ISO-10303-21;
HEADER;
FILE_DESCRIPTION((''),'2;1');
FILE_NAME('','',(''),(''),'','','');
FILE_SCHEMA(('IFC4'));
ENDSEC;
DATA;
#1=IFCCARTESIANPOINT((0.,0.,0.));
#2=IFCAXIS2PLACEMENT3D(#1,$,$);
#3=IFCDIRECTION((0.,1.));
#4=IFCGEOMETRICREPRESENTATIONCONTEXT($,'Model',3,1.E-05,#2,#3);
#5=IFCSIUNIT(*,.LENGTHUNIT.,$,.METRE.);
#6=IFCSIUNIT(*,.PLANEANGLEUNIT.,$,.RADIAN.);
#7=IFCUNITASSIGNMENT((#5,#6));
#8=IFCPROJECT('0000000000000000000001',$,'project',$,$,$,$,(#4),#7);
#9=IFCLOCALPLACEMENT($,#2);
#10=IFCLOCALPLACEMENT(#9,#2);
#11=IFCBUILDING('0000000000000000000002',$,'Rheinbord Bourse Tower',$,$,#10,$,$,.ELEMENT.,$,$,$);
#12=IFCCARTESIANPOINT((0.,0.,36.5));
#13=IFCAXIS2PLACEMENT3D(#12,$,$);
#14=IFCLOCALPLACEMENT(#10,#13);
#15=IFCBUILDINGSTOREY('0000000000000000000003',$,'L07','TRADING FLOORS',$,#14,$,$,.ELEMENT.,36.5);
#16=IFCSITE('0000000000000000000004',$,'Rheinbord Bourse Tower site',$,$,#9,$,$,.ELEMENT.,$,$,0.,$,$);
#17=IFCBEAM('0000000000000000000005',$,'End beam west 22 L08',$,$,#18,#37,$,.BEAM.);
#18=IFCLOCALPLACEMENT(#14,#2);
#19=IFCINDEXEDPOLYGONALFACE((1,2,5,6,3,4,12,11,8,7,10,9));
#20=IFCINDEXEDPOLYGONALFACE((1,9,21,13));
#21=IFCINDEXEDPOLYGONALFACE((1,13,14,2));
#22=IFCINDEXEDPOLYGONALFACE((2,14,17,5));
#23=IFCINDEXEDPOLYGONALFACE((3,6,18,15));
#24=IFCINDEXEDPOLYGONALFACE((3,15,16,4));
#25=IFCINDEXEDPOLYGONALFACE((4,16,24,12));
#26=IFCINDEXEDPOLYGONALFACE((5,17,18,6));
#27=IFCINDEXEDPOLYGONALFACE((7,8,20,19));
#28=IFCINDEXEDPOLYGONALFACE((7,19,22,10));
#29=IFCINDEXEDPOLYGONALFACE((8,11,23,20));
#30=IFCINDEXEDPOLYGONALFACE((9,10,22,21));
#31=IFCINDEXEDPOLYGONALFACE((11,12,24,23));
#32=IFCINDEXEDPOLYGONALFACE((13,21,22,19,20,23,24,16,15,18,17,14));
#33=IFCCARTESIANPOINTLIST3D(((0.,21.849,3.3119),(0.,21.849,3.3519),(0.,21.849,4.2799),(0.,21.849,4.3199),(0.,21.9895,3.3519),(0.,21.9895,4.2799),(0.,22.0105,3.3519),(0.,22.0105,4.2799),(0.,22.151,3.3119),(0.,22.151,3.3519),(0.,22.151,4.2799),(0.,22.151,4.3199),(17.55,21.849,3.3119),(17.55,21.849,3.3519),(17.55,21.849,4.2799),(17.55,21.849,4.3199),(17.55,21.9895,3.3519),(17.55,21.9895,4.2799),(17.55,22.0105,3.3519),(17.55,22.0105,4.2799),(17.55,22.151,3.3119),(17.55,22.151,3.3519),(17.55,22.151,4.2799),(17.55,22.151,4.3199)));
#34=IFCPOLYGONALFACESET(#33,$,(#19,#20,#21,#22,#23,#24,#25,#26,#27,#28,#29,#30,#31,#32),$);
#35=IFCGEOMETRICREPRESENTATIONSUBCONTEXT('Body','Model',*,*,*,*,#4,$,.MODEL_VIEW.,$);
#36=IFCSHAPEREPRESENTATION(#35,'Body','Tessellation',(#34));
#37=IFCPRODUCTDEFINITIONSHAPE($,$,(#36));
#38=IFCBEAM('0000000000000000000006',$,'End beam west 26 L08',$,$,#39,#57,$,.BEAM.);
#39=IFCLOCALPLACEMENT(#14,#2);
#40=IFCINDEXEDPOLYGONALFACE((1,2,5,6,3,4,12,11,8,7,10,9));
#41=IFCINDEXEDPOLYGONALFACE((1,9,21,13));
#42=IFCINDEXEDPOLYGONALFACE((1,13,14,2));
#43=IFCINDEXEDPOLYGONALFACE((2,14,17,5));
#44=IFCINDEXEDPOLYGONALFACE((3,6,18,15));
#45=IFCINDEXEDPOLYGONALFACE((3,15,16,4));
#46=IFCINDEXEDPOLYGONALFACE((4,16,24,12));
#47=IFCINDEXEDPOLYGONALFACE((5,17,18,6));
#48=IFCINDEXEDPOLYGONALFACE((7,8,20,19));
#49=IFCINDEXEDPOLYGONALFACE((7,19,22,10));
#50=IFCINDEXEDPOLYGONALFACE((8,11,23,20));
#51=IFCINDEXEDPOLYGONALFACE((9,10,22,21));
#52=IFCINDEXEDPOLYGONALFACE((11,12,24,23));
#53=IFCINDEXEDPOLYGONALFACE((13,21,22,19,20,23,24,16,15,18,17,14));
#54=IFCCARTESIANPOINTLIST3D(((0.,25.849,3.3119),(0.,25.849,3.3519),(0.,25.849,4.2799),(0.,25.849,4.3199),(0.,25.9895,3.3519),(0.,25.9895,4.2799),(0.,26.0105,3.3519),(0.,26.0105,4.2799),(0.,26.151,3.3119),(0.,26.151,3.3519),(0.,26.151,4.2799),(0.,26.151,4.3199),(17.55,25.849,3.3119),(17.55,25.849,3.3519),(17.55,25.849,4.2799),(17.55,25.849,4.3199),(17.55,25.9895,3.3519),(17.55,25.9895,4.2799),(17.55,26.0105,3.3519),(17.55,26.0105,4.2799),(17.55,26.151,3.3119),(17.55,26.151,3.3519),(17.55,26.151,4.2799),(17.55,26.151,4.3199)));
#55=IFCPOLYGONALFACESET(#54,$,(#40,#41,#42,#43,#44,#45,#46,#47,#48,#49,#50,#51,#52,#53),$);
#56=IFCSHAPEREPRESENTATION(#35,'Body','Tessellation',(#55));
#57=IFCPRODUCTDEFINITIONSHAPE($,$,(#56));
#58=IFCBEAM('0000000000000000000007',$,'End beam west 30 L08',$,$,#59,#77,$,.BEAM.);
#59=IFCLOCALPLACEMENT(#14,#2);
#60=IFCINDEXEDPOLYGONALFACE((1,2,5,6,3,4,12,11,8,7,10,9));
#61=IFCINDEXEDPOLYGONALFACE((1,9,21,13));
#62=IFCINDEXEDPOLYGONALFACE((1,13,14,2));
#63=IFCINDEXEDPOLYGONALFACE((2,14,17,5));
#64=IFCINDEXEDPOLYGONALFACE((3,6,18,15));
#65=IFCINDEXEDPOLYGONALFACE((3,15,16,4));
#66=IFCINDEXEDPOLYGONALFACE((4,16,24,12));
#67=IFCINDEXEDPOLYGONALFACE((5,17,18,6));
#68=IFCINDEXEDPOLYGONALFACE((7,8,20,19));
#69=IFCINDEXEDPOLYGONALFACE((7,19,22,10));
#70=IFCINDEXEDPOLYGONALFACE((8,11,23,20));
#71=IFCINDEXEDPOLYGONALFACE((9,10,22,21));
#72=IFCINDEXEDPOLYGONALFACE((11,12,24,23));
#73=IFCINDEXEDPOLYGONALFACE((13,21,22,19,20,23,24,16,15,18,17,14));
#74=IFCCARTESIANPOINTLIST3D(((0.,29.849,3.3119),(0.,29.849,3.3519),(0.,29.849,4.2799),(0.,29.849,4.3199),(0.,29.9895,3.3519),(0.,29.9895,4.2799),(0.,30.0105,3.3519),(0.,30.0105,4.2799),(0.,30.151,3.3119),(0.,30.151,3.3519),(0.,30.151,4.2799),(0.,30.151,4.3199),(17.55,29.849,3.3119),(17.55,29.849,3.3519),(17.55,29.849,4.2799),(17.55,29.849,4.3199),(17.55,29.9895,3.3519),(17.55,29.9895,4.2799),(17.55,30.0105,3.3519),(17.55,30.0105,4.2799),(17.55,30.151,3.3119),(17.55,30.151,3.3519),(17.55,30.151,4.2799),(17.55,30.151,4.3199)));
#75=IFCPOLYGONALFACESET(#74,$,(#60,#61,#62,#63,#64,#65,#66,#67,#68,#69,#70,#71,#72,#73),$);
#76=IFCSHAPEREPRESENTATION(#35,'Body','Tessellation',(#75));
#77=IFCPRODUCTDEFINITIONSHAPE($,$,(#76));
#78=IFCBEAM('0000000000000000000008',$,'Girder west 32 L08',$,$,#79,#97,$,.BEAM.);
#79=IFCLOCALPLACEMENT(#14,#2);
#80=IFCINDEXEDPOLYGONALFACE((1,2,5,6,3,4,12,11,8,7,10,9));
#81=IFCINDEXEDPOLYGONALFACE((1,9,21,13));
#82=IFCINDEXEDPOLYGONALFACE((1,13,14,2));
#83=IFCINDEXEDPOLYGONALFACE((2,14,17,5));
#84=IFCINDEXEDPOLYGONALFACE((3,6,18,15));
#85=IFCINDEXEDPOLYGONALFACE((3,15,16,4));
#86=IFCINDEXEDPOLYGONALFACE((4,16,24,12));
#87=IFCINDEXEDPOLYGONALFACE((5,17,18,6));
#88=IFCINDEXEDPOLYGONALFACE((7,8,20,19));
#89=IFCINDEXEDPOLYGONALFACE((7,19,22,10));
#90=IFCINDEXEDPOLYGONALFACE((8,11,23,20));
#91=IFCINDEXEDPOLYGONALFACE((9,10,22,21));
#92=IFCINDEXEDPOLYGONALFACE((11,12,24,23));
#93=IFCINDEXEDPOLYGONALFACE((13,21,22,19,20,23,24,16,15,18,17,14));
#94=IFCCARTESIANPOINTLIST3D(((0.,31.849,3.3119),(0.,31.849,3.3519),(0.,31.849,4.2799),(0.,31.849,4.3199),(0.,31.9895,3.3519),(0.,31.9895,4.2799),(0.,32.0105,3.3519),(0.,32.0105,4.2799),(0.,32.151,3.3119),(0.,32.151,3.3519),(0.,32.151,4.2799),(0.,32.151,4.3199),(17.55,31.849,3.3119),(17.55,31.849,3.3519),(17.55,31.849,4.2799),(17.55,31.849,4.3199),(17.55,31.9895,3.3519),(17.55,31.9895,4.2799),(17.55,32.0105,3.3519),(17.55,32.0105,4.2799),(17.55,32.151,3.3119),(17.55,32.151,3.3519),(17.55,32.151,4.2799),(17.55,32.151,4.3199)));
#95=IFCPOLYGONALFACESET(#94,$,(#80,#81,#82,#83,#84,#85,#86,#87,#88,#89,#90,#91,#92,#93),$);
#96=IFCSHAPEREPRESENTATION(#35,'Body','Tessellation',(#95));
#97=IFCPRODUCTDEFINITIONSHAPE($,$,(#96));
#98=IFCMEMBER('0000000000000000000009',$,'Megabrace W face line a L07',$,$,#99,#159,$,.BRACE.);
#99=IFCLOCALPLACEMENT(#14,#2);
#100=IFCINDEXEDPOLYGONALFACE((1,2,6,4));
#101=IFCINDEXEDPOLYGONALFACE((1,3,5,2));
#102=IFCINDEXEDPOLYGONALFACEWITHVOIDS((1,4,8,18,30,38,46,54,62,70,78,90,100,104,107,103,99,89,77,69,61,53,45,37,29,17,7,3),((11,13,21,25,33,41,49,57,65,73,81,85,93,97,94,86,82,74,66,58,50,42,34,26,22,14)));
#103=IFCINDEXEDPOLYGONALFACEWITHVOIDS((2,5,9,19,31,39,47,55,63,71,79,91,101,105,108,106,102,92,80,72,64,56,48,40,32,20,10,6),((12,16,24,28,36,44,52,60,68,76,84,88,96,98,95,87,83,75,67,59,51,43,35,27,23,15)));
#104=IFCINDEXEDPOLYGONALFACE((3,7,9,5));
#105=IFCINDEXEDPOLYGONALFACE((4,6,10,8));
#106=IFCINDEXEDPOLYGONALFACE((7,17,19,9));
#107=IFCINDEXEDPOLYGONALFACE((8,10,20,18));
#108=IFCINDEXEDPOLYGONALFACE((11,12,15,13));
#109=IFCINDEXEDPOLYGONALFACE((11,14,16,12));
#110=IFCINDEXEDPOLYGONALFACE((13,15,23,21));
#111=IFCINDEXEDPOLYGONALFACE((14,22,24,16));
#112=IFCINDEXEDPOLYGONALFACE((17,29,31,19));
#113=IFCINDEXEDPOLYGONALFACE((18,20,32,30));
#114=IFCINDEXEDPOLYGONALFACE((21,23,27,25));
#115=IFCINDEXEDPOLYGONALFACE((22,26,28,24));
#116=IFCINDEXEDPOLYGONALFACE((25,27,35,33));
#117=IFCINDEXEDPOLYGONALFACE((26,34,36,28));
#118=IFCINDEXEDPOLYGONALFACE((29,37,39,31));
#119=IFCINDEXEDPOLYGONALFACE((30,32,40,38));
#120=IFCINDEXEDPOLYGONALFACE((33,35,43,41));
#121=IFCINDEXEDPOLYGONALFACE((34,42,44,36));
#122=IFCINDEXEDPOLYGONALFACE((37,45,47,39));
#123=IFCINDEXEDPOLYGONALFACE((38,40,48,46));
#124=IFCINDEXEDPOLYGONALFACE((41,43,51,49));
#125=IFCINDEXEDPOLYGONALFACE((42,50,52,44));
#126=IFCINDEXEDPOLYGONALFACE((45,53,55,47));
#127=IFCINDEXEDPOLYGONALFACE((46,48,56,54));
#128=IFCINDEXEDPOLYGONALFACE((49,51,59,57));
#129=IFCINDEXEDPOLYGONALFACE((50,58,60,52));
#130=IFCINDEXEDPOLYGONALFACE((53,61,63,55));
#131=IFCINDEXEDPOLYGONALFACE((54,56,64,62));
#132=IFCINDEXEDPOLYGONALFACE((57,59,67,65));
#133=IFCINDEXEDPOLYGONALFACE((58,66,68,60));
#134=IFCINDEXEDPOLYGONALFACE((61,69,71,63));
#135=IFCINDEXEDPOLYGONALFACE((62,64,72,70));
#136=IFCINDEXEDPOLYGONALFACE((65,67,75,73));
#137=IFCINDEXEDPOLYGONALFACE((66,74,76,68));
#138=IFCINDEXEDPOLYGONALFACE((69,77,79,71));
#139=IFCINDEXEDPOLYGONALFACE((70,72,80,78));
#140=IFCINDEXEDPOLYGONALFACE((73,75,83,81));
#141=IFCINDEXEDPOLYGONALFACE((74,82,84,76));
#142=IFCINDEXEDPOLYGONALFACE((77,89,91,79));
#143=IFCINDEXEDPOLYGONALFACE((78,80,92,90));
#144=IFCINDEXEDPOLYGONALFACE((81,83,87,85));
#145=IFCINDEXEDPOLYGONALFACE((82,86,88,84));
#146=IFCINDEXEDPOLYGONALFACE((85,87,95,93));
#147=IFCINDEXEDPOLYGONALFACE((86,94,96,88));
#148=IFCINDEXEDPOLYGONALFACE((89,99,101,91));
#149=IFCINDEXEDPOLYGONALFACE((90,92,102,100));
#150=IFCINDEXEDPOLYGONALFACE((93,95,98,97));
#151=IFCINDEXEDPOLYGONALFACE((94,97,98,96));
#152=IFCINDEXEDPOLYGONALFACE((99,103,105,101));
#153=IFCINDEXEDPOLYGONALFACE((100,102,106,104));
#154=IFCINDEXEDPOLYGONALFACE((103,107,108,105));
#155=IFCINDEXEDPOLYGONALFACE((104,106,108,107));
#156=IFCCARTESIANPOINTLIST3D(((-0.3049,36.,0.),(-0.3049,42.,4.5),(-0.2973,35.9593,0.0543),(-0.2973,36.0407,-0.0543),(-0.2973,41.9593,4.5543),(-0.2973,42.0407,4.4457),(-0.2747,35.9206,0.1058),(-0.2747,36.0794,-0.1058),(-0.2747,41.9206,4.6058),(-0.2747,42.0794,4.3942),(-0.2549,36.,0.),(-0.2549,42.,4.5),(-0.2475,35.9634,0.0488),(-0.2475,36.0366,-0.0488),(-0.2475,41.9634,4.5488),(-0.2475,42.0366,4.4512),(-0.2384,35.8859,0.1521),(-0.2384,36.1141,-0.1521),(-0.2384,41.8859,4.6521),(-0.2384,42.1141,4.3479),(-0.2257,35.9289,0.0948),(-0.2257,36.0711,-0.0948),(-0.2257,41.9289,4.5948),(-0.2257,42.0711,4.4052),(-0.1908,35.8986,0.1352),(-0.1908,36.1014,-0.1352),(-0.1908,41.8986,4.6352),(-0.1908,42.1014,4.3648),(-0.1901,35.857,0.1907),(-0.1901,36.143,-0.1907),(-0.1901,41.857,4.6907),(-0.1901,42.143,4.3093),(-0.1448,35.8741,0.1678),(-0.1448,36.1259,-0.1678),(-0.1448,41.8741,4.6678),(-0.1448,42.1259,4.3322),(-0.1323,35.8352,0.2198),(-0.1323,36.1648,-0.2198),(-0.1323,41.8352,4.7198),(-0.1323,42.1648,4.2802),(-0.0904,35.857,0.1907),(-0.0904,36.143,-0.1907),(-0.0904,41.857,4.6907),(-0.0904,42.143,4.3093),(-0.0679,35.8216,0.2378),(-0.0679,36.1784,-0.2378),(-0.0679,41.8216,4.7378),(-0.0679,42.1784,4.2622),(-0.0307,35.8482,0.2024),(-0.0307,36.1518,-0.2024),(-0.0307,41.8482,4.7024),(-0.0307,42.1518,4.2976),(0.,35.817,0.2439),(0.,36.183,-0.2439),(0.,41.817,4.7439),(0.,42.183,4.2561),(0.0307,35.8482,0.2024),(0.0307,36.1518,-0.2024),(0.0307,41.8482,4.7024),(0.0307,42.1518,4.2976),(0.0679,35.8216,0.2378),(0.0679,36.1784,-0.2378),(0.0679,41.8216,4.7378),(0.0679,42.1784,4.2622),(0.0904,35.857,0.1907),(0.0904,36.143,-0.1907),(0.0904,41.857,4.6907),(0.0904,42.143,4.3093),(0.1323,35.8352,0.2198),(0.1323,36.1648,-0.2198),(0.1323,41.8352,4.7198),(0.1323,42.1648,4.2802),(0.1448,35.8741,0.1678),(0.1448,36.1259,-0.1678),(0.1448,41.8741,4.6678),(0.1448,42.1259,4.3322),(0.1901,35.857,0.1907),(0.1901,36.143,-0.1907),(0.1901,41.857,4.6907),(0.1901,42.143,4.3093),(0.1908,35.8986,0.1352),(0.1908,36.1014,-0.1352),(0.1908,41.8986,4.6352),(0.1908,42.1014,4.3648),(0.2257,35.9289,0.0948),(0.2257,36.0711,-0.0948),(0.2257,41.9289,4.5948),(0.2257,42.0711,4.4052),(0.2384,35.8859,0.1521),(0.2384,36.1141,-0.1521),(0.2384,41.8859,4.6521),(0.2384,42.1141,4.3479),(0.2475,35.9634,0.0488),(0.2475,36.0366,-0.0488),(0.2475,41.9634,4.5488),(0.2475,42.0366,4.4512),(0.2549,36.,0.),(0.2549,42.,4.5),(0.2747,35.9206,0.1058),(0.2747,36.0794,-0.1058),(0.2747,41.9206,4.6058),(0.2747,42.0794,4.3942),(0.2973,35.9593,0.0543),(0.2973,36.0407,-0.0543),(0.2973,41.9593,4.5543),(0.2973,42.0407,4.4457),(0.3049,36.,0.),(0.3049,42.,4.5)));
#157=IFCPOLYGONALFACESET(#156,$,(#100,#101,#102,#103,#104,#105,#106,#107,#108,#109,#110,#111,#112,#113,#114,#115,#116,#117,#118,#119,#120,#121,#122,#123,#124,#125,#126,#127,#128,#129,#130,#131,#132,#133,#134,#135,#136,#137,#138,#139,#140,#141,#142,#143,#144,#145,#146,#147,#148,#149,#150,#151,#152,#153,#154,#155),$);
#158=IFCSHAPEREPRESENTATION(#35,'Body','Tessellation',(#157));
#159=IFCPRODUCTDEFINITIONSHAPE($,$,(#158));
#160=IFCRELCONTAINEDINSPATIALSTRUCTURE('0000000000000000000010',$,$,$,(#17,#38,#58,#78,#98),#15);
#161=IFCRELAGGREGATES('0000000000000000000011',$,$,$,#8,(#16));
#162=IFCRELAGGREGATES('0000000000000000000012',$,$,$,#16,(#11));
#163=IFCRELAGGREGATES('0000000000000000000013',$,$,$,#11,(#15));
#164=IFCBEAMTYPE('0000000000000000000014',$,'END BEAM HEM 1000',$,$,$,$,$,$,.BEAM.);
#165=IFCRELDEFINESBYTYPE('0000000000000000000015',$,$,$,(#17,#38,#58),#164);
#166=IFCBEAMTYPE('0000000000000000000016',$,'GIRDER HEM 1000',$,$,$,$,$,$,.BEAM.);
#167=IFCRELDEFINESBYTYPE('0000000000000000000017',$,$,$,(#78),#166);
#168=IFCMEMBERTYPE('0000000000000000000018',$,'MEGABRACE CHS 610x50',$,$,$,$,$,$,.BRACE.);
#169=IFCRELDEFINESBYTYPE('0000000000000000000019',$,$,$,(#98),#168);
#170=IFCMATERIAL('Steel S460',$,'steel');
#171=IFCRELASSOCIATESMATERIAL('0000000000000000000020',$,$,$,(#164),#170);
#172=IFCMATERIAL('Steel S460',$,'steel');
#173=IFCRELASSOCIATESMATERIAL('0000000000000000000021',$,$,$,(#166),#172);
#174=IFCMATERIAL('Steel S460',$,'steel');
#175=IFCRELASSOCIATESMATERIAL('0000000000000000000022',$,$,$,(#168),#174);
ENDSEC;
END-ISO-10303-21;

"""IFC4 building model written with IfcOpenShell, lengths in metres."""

from ifc_helpers import new_model, si_unit, direction, frame, origin, origin_2d, place, context, subcontext, project, spatial, hollow_circle, i_section, extrude, material, material_profile, profile_set, type_object, element, save


model = new_model("IFC4")

# Units and contexts
model_context = context("Model", 3, precision=1e-05, world=origin(), true_north=direction((0.0, 1.0)))
body_context = subcontext(model_context, "Body", "Model", "MODEL_VIEW")
ifc_project = project(units=[si_unit("LENGTHUNIT", "METRE"), si_unit("PLANEANGLEUNIT", "RADIAN")], contexts=[model_context])

# Site, building, storey
site_placement = place(None, origin())
site = spatial("IfcSite", under=ifc_project, at=site_placement, Name="Rheinbord Bourse Tower site", CompositionType="ELEMENT", RefElevation=0.0)
building_placement = place(site_placement, origin())
building = spatial("IfcBuilding", under=site, at=building_placement, Name="Rheinbord Bourse Tower", CompositionType="ELEMENT")
storey_placement = place(building_placement, frame((0.0, 0.0, 36.5)))
storey = spatial("IfcBuildingStorey", under=building, at=storey_placement, Name="L07", Description="TRADING FLOORS", CompositionType="ELEMENT", Elevation=36.5)

# Beams
ifc_material_1 = material(Name="Steel S460", Category="steel")
ifc_material_profile_1 = material_profile(ifc_material_1, i_section(OverallWidth=0.302, OverallDepth=1.0081, WebThickness=0.021, FlangeThickness=0.04, at=origin_2d()), Name="HEM 1000")
ifc_profile_set_1 = profile_set([ifc_material_profile_1], Name="Steel S460")
beam_type_1 = type_object("IfcBeamType", Name="END BEAM HEM 1000", PredefinedType="BEAM", material=ifc_profile_set_1)
for number, where, z_axis, x_axis, name in (
    (1, (0.0, 22.0, 3.8159), (1.0, 0.0, 0.0), (0.0, 1.0, 0.0), "End beam west 22 L08"),
    (2, (0.0, 26.0, 3.8159), (1.0, 0.0, 0.0), (0.0, 1.0, 0.0), "End beam west 26 L08"),
    (3, (0.0, 30.0, 3.8159), (1.0, 0.0, 0.0), (0.0, 1.0, 0.0), "End beam west 30 L08"),
):
    element("IfcBeam", number, at=place(storey_placement, frame(where, z_axis=z_axis, x_axis=x_axis)), inside=storey, type_object=beam_type_1, Name=name, PredefinedType="BEAM", context=body_context, shape_type="SweptSolid", body=[
        extrude(i_section(OverallWidth=0.302, OverallDepth=1.0081, WebThickness=0.021, FlangeThickness=0.04, at=origin_2d()), origin(), (0.0, 0.0, 1.0), 17.55),
    ])
ifc_material_2 = material(Name="Steel S460", Category="steel")
ifc_material_profile_2 = material_profile(ifc_material_2, i_section(OverallWidth=0.302, OverallDepth=1.0081, WebThickness=0.021, FlangeThickness=0.04, at=origin_2d()), Name="HEM 1000")
ifc_profile_set_2 = profile_set([ifc_material_profile_2], Name="Steel S460")
beam_type_2 = type_object("IfcBeamType", Name="GIRDER HEM 1000", PredefinedType="BEAM", material=ifc_profile_set_2)
beam_1_placement = place(storey_placement, frame((0.0, 32.0, 3.8159), z_axis=(1.0, 0.0, 0.0), x_axis=(0.0, 1.0, 0.0)))
element("IfcBeam", 4, at=beam_1_placement, inside=storey, type_object=beam_type_2, Name="Girder west 32 L08", PredefinedType="BEAM", context=body_context, shape_type="SweptSolid", body=[
    extrude(i_section(OverallWidth=0.302, OverallDepth=1.0081, WebThickness=0.021, FlangeThickness=0.04, at=origin_2d()), origin(), (0.0, 0.0, 1.0), 17.55),
])

# Member
ifc_material_3 = material(Name="Steel S460", Category="steel")
ifc_material_profile_3 = material_profile(ifc_material_3, hollow_circle(Radius=0.3049, WallThickness=0.05, at=origin_2d()), Name="CHS 610x50")
ifc_profile_set_3 = profile_set([ifc_material_profile_3], Name="Steel S460")
member_type_1 = type_object("IfcMemberType", Name="MEGABRACE CHS 610x50", PredefinedType="BRACE", material=ifc_profile_set_3)
member_1_placement = place(storey_placement, frame((0.0, 36.0, 0.0), z_axis=(0.0, 0.8, 0.6), x_axis=(-1.0, 0.0, 0.0)))
element("IfcMember", 5, at=member_1_placement, inside=storey, type_object=member_type_1, Name="Megabrace W face line a L07", PredefinedType="BRACE", context=body_context, shape_type="SweptSolid", body=[
    extrude(hollow_circle(Radius=0.3049, WallThickness=0.05, at=origin_2d()), origin(), (0.0, 0.0, 1.0), 7.5),
])

save(model, "model.ifc")
